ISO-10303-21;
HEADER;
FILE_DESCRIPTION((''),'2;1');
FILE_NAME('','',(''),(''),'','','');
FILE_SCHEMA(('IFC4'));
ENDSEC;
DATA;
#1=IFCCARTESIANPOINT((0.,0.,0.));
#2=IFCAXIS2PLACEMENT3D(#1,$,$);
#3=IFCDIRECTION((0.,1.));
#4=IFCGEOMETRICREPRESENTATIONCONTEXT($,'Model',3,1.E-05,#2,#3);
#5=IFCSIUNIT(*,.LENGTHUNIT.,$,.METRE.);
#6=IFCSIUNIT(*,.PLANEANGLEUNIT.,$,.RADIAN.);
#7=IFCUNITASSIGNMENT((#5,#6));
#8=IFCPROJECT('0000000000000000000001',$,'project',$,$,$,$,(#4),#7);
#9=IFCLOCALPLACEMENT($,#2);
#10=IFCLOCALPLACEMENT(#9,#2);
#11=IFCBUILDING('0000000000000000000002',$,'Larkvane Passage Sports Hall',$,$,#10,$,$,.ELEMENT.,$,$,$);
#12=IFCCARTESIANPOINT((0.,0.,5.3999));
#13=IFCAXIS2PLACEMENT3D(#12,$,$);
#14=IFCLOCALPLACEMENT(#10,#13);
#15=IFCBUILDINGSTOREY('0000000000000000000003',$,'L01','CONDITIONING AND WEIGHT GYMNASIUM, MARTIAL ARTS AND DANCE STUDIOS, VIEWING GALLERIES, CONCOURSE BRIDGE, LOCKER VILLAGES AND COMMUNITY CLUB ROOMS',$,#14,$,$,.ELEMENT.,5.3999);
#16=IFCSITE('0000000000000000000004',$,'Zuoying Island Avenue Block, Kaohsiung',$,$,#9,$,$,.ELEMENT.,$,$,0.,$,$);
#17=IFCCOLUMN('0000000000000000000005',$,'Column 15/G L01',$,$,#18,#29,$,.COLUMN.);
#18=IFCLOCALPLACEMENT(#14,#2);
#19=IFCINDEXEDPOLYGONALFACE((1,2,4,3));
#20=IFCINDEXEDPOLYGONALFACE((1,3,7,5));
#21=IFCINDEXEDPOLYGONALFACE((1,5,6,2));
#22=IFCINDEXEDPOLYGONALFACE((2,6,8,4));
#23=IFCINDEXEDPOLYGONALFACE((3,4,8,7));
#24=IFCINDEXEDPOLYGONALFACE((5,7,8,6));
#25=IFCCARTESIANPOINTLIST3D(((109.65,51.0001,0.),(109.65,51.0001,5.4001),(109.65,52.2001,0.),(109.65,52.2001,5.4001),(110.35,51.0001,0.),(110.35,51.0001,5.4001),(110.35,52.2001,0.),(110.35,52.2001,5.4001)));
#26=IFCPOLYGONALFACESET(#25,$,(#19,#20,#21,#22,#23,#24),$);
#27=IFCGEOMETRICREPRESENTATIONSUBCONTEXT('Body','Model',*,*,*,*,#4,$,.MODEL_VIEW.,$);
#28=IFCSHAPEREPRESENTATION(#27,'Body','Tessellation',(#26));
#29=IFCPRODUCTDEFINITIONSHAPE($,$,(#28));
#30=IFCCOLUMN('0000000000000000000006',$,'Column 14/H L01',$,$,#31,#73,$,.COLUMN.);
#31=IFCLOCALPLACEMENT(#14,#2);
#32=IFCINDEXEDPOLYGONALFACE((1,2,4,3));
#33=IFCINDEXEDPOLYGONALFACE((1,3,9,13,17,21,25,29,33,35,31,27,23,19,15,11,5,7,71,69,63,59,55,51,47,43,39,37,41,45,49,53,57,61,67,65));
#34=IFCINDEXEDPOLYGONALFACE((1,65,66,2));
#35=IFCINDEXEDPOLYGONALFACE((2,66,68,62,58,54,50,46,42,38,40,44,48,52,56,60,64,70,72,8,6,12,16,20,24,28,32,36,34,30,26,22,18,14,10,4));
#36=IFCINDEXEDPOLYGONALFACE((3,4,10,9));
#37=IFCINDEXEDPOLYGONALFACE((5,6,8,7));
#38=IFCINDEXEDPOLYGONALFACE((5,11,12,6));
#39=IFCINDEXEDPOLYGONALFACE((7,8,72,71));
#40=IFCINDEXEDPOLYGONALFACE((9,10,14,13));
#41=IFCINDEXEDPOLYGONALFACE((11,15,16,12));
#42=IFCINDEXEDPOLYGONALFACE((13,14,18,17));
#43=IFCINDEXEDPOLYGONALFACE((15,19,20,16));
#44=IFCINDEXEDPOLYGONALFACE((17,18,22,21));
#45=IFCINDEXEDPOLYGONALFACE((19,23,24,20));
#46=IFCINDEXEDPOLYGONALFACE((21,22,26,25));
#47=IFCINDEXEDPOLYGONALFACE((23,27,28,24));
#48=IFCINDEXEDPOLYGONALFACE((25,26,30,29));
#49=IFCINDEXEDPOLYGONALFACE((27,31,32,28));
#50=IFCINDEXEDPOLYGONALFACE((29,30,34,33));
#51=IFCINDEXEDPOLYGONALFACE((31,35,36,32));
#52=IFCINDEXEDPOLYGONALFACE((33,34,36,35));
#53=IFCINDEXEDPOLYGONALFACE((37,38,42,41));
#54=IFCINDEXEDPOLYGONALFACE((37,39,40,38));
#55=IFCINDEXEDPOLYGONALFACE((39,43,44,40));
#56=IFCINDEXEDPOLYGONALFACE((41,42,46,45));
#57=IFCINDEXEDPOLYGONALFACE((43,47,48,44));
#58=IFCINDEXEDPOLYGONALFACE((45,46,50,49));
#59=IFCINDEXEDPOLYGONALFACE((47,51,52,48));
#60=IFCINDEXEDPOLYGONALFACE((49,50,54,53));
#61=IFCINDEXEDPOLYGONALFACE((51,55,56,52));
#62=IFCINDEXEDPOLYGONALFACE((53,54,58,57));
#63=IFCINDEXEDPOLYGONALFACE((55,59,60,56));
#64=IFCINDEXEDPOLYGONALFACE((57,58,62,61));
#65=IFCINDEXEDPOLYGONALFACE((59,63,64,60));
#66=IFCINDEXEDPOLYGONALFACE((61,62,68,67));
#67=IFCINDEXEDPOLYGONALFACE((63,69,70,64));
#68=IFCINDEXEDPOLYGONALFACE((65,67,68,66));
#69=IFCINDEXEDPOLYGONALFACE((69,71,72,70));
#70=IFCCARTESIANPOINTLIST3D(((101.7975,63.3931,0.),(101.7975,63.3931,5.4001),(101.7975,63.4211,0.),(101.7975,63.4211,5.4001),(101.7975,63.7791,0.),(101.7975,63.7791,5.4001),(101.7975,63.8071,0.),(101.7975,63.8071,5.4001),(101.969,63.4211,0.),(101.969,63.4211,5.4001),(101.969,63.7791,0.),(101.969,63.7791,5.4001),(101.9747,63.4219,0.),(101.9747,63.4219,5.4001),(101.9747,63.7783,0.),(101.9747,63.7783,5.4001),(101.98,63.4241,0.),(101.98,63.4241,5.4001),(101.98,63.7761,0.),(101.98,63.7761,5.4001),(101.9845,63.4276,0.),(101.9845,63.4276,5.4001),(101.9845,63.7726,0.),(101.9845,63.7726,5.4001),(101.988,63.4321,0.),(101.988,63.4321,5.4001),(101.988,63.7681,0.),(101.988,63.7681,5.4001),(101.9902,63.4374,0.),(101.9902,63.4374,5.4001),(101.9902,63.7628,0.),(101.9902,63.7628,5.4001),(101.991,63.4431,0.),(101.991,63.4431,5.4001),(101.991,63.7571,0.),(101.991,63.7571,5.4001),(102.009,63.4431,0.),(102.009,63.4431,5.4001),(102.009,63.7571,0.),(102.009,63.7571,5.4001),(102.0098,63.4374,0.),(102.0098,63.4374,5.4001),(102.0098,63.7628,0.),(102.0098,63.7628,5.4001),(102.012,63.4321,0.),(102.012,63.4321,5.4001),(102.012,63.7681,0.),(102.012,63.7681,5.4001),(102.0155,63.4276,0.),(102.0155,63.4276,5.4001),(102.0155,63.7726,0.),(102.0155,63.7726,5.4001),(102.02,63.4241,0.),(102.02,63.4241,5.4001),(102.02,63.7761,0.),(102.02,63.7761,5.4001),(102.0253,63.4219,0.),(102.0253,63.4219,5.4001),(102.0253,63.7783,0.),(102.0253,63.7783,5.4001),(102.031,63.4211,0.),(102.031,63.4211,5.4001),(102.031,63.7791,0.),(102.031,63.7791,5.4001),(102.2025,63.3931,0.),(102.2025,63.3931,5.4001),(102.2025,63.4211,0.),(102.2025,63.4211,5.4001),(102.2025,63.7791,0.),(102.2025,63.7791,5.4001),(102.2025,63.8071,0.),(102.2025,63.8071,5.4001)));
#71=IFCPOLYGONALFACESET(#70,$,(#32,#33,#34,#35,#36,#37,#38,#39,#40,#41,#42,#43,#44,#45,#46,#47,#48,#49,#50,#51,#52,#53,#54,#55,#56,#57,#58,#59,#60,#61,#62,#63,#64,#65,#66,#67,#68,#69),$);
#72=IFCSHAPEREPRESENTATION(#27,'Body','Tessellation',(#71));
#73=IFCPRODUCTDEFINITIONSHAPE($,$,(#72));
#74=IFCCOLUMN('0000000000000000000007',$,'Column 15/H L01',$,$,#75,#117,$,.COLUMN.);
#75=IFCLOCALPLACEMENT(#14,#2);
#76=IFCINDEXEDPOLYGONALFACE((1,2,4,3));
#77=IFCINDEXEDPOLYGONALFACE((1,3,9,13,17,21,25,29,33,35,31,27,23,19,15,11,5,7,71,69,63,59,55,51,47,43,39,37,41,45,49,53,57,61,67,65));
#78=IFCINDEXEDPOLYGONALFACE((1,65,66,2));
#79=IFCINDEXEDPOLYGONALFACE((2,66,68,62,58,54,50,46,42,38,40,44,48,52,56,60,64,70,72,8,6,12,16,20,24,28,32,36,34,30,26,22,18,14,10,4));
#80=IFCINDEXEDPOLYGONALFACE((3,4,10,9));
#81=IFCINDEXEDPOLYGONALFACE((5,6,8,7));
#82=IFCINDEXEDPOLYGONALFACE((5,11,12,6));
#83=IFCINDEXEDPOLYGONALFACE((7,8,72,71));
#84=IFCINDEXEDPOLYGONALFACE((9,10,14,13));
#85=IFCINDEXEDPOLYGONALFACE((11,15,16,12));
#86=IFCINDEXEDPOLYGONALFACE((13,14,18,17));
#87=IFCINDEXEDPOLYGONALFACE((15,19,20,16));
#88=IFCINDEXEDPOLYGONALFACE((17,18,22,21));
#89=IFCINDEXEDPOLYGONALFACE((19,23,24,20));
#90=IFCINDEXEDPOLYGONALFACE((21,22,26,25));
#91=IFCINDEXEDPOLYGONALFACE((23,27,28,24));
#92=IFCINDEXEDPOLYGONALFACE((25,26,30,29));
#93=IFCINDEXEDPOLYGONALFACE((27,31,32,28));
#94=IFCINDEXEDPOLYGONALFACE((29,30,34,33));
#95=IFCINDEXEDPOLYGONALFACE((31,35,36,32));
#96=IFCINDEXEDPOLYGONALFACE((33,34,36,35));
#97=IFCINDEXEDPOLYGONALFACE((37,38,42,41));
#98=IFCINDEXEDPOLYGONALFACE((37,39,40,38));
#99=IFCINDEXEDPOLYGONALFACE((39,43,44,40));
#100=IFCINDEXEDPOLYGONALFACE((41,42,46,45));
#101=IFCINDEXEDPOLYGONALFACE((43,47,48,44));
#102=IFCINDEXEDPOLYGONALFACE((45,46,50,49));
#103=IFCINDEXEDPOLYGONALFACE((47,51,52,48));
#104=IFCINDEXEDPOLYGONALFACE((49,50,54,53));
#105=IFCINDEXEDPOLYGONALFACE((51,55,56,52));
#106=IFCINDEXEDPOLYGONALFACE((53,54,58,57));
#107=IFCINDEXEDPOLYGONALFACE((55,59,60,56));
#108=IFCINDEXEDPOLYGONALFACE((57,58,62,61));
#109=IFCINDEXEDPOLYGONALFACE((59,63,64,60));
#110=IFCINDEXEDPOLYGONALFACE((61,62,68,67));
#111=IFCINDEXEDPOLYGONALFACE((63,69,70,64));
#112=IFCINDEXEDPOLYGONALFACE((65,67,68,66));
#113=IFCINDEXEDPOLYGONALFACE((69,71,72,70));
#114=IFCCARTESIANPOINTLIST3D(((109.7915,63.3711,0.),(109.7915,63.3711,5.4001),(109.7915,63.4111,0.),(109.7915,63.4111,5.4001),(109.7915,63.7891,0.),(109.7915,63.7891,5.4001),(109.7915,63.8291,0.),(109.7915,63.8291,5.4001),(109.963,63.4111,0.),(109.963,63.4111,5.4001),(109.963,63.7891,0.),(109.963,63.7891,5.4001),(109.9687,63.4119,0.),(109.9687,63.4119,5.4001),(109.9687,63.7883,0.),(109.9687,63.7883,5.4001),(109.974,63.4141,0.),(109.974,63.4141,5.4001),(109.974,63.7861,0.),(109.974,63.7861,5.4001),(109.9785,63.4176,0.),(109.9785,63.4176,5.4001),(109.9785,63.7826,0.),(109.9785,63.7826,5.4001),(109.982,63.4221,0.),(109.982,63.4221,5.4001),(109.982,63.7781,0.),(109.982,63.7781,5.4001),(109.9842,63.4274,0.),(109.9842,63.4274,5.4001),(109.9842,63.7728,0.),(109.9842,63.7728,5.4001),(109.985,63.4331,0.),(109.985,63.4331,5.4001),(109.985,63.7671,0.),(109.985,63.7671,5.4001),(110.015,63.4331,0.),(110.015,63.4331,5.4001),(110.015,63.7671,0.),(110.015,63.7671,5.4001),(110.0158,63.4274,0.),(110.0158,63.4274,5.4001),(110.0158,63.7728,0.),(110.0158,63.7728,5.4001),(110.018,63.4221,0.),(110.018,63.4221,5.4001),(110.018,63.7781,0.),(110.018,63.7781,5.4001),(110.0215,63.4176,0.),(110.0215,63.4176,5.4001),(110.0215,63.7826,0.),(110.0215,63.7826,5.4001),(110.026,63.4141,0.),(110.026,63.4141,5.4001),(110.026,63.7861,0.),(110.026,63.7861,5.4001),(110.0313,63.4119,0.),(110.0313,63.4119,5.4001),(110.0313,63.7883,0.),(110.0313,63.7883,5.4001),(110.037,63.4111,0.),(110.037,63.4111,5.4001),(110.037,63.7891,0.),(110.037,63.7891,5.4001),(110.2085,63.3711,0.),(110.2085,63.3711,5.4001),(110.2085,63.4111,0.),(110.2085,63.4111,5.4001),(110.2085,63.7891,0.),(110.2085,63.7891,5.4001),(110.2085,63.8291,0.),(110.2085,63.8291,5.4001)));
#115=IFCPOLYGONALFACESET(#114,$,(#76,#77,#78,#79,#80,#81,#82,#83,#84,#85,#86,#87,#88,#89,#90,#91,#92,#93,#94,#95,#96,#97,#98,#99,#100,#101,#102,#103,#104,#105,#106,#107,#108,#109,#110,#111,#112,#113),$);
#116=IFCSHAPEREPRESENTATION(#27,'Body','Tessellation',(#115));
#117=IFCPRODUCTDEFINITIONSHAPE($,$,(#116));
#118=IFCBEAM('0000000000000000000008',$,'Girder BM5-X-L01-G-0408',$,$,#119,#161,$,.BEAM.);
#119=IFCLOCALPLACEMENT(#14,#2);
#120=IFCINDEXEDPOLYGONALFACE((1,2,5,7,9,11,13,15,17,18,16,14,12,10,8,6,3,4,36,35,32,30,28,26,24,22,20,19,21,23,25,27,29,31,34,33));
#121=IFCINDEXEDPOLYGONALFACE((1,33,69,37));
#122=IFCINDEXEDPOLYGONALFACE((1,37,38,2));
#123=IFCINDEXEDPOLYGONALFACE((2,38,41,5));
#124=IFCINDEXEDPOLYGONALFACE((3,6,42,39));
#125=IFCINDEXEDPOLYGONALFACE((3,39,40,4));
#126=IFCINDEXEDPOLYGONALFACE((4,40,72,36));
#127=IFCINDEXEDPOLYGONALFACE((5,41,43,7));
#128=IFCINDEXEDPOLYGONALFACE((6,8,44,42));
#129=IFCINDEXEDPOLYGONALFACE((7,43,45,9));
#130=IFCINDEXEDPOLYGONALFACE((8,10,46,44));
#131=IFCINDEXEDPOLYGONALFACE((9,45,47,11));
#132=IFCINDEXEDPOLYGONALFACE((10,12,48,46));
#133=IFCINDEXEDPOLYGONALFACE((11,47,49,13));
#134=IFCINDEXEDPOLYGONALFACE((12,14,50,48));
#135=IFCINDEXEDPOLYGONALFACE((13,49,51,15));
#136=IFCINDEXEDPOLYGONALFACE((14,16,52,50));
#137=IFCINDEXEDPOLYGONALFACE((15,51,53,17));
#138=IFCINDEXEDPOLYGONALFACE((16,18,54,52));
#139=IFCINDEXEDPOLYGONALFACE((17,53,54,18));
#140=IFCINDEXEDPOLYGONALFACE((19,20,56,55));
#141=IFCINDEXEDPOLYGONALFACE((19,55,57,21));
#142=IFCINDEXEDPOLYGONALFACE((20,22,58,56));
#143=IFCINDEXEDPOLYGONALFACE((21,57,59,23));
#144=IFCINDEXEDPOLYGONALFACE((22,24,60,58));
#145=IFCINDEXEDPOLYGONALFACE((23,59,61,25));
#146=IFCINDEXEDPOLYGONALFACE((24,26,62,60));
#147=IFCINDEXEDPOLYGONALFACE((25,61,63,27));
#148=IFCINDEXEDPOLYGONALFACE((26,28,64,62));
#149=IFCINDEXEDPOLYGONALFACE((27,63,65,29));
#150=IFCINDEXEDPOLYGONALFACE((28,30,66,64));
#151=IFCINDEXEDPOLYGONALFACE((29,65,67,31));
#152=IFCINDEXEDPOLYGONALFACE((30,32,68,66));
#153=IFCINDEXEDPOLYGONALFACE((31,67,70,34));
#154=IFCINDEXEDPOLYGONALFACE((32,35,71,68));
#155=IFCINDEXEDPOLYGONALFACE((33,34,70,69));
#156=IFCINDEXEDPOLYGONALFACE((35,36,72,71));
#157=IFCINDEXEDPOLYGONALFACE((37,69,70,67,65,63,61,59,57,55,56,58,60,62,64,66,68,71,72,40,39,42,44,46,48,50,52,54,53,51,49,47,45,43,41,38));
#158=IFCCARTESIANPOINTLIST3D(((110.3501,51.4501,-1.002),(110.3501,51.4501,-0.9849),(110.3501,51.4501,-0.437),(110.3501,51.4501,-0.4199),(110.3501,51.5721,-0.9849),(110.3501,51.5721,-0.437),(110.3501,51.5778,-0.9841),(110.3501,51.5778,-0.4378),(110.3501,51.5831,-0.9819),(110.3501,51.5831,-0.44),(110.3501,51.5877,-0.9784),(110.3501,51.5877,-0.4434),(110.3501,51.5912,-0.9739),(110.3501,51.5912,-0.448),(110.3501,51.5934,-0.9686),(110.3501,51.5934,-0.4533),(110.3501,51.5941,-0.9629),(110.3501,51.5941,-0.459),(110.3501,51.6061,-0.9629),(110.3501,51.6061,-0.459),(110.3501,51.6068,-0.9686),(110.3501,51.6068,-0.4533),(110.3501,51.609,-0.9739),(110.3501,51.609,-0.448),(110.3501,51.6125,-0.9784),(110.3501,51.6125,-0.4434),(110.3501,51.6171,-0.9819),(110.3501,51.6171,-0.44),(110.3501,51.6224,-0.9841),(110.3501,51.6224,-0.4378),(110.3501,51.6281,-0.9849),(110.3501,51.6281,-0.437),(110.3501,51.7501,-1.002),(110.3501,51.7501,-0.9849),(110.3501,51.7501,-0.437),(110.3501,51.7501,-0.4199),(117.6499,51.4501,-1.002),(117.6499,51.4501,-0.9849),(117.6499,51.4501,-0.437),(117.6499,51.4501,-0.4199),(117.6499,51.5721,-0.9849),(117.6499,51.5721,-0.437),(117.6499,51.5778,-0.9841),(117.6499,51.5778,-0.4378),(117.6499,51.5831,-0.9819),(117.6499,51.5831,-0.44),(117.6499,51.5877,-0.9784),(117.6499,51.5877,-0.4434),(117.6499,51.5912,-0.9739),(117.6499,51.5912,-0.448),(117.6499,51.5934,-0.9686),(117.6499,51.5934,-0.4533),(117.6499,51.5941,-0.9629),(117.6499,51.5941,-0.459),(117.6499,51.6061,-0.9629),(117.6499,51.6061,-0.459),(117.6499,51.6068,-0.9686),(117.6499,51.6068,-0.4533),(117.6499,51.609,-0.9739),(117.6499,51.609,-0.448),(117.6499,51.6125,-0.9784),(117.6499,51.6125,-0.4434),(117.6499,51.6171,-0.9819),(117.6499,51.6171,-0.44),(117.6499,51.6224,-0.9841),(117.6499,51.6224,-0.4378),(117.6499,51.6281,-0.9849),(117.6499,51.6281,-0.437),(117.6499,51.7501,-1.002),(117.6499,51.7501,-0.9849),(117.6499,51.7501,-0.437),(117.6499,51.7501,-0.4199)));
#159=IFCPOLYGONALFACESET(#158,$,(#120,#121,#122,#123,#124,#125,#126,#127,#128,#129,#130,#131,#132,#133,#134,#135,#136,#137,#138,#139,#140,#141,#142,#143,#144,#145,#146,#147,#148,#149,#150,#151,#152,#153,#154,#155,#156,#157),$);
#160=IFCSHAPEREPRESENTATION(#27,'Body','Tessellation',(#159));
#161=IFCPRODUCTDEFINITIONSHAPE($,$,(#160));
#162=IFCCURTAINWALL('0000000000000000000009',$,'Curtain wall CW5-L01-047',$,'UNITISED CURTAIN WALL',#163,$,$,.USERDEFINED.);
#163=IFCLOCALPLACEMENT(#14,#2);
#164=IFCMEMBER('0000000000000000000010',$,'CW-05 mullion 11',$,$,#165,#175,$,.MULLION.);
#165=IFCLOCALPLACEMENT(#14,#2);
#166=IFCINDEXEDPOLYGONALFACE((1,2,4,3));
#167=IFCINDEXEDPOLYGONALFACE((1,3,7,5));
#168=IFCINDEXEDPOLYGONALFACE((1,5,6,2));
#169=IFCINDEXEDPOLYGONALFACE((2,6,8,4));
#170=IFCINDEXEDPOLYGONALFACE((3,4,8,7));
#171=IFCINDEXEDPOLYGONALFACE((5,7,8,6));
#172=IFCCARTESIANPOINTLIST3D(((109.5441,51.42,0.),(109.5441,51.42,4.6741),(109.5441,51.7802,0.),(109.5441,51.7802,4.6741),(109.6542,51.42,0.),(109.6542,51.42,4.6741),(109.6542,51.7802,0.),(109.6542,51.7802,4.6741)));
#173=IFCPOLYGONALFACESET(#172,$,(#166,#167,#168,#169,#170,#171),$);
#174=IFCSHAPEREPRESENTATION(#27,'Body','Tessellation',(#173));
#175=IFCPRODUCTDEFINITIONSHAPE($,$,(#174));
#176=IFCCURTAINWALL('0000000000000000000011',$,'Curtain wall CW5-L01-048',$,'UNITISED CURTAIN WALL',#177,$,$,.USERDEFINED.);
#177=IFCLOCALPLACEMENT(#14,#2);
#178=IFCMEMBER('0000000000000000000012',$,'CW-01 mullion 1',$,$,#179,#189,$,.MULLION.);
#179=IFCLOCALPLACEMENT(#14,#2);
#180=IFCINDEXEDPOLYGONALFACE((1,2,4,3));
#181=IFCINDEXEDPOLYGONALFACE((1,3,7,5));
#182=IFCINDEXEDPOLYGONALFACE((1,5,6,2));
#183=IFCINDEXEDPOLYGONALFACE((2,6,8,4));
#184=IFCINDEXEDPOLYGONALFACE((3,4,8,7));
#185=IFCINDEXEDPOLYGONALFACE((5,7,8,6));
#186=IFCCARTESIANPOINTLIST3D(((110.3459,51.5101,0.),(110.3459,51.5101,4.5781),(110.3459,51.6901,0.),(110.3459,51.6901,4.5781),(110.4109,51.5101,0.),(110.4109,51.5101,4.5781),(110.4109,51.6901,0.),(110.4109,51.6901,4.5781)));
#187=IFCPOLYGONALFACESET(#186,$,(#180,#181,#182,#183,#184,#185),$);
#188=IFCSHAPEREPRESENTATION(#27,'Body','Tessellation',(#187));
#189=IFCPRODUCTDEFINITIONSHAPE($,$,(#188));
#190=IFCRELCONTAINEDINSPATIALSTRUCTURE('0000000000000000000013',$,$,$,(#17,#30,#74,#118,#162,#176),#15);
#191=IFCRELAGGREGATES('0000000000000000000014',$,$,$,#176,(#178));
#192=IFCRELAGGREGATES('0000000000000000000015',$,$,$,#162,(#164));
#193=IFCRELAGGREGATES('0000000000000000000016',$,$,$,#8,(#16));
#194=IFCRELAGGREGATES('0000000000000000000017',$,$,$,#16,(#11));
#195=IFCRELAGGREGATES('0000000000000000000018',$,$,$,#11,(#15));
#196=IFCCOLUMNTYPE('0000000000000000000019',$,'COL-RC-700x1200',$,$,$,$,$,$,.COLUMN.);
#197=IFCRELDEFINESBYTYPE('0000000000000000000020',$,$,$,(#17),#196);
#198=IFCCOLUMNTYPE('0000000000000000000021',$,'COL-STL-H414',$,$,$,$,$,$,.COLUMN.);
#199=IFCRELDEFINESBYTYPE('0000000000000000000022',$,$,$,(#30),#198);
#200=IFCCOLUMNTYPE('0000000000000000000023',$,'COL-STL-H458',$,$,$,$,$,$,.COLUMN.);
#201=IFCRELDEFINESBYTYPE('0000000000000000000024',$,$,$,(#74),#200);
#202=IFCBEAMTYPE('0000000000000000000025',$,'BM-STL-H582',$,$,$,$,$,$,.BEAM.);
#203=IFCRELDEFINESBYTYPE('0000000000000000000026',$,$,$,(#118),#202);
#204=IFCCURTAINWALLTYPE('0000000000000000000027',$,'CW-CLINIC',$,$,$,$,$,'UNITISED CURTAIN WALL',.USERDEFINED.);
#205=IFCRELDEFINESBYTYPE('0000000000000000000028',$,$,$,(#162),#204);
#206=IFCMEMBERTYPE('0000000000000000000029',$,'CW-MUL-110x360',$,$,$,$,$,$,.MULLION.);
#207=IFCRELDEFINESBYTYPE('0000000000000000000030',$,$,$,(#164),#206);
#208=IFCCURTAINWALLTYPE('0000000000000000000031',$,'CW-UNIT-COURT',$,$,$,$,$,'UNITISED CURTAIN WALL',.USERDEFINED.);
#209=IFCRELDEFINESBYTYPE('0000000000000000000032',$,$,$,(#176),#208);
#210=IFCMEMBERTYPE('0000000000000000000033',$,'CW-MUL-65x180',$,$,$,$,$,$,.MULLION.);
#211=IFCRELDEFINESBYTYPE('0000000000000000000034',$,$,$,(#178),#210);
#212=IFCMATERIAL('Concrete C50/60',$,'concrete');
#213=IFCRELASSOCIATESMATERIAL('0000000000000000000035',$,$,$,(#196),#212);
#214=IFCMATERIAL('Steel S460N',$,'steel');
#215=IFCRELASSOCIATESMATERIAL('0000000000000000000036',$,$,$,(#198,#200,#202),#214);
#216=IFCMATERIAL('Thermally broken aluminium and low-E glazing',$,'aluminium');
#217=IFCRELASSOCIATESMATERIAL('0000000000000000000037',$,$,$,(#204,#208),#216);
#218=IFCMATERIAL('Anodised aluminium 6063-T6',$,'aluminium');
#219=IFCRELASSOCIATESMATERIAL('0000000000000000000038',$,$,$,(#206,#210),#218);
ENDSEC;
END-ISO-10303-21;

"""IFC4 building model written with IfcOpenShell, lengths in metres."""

from ifc_helpers import new_model, si_unit, direction, frame, origin, origin_2d, place, context, subcontext, project, spatial, rectangle, i_section, extrude, material, material_profile, profile_set, type_object, element, aggregate, save


model = new_model("IFC4")

# Units and contexts
model_context = context("Model", 3, precision=1e-05, world=origin(), true_north=direction((0.0, 1.0)))
body_context = subcontext(model_context, "Body", "Model", "MODEL_VIEW")
ifc_project = project(units=[si_unit("LENGTHUNIT", "METRE"), si_unit("PLANEANGLEUNIT", "RADIAN")], contexts=[model_context])

# Site, building, storey
site_placement = place(None, origin())
site = spatial("IfcSite", under=ifc_project, at=site_placement, Name="Zuoying Island Avenue Block, Kaohsiung", CompositionType="ELEMENT", RefElevation=0.0)
building_placement = place(site_placement, origin())
building = spatial("IfcBuilding", under=site, at=building_placement, Name="Larkvane Passage Sports Hall", CompositionType="ELEMENT")
storey_placement = place(building_placement, frame((0.0, 0.0, 5.3999)))
storey = spatial("IfcBuildingStorey", under=building, at=storey_placement, Name="L01", Description="CONDITIONING AND WEIGHT GYMNASIUM, MARTIAL ARTS AND DANCE STUDIOS, VIEWING GALLERIES, CONCOURSE BRIDGE, LOCKER VILLAGES AND COMMUNITY CLUB ROOMS", CompositionType="ELEMENT", Elevation=5.3999)

# Columns
ifc_material_1 = material(Name="Concrete C50/60", Category="concrete")
ifc_material_profile_1 = material_profile(ifc_material_1, rectangle(XDim=0.7, YDim=1.2, at=origin_2d()), Name="RC-COL-700x1200")
ifc_profile_set_1 = profile_set([ifc_material_profile_1], Name="Concrete C50/60")
column_type_1 = type_object("IfcColumnType", Name="COL-RC-700x1200", PredefinedType="COLUMN", material=ifc_profile_set_1)
column_1_placement = place(storey_placement, frame((110.0, 51.6001, 0.0), z_axis=(0.0, 0.0, 1.0), x_axis=(1.0, 0.0, 0.0)))
element("IfcColumn", 1, at=column_1_placement, inside=storey, type_object=column_type_1, Name="Column 15/G L01", PredefinedType="COLUMN", context=body_context, shape_type="SweptSolid", body=[
    extrude(rectangle(XDim=0.7, YDim=1.2, at=origin_2d()), origin(), (0.0, 0.0, 1.0), 5.4001),
])
ifc_material_2 = material(Name="Steel S460N", Category="steel")
ifc_material_profile_2 = material_profile(ifc_material_2, i_section(OverallWidth=0.405, OverallDepth=0.4141, WebThickness=0.0181, FlangeThickness=0.0281, FilletRadius=0.022, at=origin_2d()), Name="H-414x405x18x28")
ifc_profile_set_2 = profile_set([ifc_material_profile_2], Name="Steel S460N")
column_type_2 = type_object("IfcColumnType", Name="COL-STL-H414", PredefinedType="COLUMN", material=ifc_profile_set_2)
column_2_placement = place(storey_placement, frame((102.0, 63.6001, 0.0), z_axis=(0.0, 0.0, 1.0), x_axis=(1.0, 0.0, 0.0)))
element("IfcColumn", 2, at=column_2_placement, inside=storey, type_object=column_type_2, Name="Column 14/H L01", PredefinedType="COLUMN", context=body_context, shape_type="SweptSolid", body=[
    extrude(i_section(OverallWidth=0.405, OverallDepth=0.4141, WebThickness=0.0181, FlangeThickness=0.0281, FilletRadius=0.022, at=origin_2d()), origin(), (0.0, 0.0, 1.0), 5.4001),
])
ifc_material_profile_3 = material_profile(ifc_material_2, i_section(OverallWidth=0.417, OverallDepth=0.458, WebThickness=0.03, FlangeThickness=0.04, FilletRadius=0.022, at=origin_2d()), Name="H-458x417x30x40")
ifc_profile_set_3 = profile_set([ifc_material_profile_3], Name="Steel S460N")
column_type_3 = type_object("IfcColumnType", Name="COL-STL-H458", PredefinedType="COLUMN", material=ifc_profile_set_3)
column_3_placement = place(storey_placement, frame((110.0, 63.6001, 0.0), z_axis=(0.0, 0.0, 1.0), x_axis=(1.0, 0.0, 0.0)))
element("IfcColumn", 3, at=column_3_placement, inside=storey, type_object=column_type_3, Name="Column 15/H L01", PredefinedType="COLUMN", context=body_context, shape_type="SweptSolid", body=[
    extrude(i_section(OverallWidth=0.417, OverallDepth=0.458, WebThickness=0.03, FlangeThickness=0.04, FilletRadius=0.022, at=origin_2d()), origin(), (0.0, 0.0, 1.0), 5.4001),
])

# Beam
ifc_material_profile_4 = material_profile(ifc_material_2, i_section(OverallWidth=0.3, OverallDepth=0.582, WebThickness=0.012, FlangeThickness=0.0171, FilletRadius=0.022, at=origin_2d()), Name="H-582x300x12x17")
ifc_profile_set_4 = profile_set([ifc_material_profile_4], Name="Steel S460N")
beam_type = type_object("IfcBeamType", Name="BM-STL-H582", PredefinedType="BEAM", material=ifc_profile_set_4)
beam_placement = place(storey_placement, frame((110.3501, 51.6001, -0.7109), z_axis=(1.0, 0.0, 0.0), x_axis=(0.0, 1.0, 0.0)))
element("IfcBeam", 4, at=beam_placement, inside=storey, type_object=beam_type, Name="Girder BM5-X-L01-G-0408", PredefinedType="BEAM", context=body_context, shape_type="SweptSolid", body=[
    extrude(i_section(OverallWidth=0.3, OverallDepth=0.582, WebThickness=0.012, FlangeThickness=0.0171, FilletRadius=0.022, at=origin_2d()), origin(), (0.0, 0.0, 1.0), 7.2998),
])

# Curtain wall, member
ifc_material_3 = material(Name="Thermally broken aluminium and low-E glazing", Category="aluminium")
curtain_wall_type_1 = type_object("IfcCurtainWallType", Name="CW-CLINIC", ElementType="UNITISED CURTAIN WALL", PredefinedType="USERDEFINED", material=ifc_material_3)
curtain_wall_1_placement = place(storey_placement, origin())
curtain_wall_1 = element("IfcCurtainWall", 5, at=curtain_wall_1_placement, inside=storey, type_object=curtain_wall_type_1, Name="Curtain wall CW5-L01-047", ObjectType="UNITISED CURTAIN WALL", PredefinedType="USERDEFINED")
ifc_material_4 = material(Name="Anodised aluminium 6063-T6", Category="aluminium")
ifc_material_profile_5 = material_profile(ifc_material_4, rectangle(XDim=0.1101, YDim=0.3601, at=origin_2d()), Name="ALU-MUL-110x360")
ifc_profile_set_5 = profile_set([ifc_material_profile_5], Name="Anodised aluminium 6063-T6")
member_type_1 = type_object("IfcMemberType", Name="CW-MUL-110x360", PredefinedType="MULLION", material=ifc_profile_set_5)
member_1_placement = place(storey_placement, frame((109.5991, 51.6001, 0.0), z_axis=(0.0, 0.0, 1.0), x_axis=(1.0, 0.0, 0.0)))
member_1 = element("IfcMember", 6, at=member_1_placement, type_object=member_type_1, Name="CW-05 mullion 11", PredefinedType="MULLION", context=body_context, shape_type="SweptSolid", body=[
    extrude(rectangle(XDim=0.1101, YDim=0.3601, at=origin_2d()), origin(), (0.0, 0.0, 1.0), 4.6741),
])

# Curtain wall, member
curtain_wall_type_2 = type_object("IfcCurtainWallType", Name="CW-UNIT-COURT", ElementType="UNITISED CURTAIN WALL", PredefinedType="USERDEFINED", material=ifc_material_3)
curtain_wall_2_placement = place(storey_placement, origin())
curtain_wall_2 = element("IfcCurtainWall", 7, at=curtain_wall_2_placement, inside=storey, type_object=curtain_wall_type_2, Name="Curtain wall CW5-L01-048", ObjectType="UNITISED CURTAIN WALL", PredefinedType="USERDEFINED")
ifc_material_profile_6 = material_profile(ifc_material_4, rectangle(XDim=0.0649, YDim=0.1799, at=origin_2d()), Name="ALU-MUL-65x180")
ifc_profile_set_6 = profile_set([ifc_material_profile_6], Name="Anodised aluminium 6063-T6")
member_type_2 = type_object("IfcMemberType", Name="CW-MUL-65x180", PredefinedType="MULLION", material=ifc_profile_set_6)
member_2_placement = place(storey_placement, frame((110.3784, 51.6001, 0.0), z_axis=(0.0, 0.0, 1.0), x_axis=(1.0, 0.0, 0.0)))
member_2 = element("IfcMember", 8, at=member_2_placement, type_object=member_type_2, Name="CW-01 mullion 1", PredefinedType="MULLION", context=body_context, shape_type="SweptSolid", body=[
    extrude(rectangle(XDim=0.0649, YDim=0.1799, at=origin_2d()), origin(), (0.0, 0.0, 1.0), 4.5781),
])

aggregate(curtain_wall_2, [member_2])
aggregate(curtain_wall_1, [member_1])

save(model, "model.ifc")
